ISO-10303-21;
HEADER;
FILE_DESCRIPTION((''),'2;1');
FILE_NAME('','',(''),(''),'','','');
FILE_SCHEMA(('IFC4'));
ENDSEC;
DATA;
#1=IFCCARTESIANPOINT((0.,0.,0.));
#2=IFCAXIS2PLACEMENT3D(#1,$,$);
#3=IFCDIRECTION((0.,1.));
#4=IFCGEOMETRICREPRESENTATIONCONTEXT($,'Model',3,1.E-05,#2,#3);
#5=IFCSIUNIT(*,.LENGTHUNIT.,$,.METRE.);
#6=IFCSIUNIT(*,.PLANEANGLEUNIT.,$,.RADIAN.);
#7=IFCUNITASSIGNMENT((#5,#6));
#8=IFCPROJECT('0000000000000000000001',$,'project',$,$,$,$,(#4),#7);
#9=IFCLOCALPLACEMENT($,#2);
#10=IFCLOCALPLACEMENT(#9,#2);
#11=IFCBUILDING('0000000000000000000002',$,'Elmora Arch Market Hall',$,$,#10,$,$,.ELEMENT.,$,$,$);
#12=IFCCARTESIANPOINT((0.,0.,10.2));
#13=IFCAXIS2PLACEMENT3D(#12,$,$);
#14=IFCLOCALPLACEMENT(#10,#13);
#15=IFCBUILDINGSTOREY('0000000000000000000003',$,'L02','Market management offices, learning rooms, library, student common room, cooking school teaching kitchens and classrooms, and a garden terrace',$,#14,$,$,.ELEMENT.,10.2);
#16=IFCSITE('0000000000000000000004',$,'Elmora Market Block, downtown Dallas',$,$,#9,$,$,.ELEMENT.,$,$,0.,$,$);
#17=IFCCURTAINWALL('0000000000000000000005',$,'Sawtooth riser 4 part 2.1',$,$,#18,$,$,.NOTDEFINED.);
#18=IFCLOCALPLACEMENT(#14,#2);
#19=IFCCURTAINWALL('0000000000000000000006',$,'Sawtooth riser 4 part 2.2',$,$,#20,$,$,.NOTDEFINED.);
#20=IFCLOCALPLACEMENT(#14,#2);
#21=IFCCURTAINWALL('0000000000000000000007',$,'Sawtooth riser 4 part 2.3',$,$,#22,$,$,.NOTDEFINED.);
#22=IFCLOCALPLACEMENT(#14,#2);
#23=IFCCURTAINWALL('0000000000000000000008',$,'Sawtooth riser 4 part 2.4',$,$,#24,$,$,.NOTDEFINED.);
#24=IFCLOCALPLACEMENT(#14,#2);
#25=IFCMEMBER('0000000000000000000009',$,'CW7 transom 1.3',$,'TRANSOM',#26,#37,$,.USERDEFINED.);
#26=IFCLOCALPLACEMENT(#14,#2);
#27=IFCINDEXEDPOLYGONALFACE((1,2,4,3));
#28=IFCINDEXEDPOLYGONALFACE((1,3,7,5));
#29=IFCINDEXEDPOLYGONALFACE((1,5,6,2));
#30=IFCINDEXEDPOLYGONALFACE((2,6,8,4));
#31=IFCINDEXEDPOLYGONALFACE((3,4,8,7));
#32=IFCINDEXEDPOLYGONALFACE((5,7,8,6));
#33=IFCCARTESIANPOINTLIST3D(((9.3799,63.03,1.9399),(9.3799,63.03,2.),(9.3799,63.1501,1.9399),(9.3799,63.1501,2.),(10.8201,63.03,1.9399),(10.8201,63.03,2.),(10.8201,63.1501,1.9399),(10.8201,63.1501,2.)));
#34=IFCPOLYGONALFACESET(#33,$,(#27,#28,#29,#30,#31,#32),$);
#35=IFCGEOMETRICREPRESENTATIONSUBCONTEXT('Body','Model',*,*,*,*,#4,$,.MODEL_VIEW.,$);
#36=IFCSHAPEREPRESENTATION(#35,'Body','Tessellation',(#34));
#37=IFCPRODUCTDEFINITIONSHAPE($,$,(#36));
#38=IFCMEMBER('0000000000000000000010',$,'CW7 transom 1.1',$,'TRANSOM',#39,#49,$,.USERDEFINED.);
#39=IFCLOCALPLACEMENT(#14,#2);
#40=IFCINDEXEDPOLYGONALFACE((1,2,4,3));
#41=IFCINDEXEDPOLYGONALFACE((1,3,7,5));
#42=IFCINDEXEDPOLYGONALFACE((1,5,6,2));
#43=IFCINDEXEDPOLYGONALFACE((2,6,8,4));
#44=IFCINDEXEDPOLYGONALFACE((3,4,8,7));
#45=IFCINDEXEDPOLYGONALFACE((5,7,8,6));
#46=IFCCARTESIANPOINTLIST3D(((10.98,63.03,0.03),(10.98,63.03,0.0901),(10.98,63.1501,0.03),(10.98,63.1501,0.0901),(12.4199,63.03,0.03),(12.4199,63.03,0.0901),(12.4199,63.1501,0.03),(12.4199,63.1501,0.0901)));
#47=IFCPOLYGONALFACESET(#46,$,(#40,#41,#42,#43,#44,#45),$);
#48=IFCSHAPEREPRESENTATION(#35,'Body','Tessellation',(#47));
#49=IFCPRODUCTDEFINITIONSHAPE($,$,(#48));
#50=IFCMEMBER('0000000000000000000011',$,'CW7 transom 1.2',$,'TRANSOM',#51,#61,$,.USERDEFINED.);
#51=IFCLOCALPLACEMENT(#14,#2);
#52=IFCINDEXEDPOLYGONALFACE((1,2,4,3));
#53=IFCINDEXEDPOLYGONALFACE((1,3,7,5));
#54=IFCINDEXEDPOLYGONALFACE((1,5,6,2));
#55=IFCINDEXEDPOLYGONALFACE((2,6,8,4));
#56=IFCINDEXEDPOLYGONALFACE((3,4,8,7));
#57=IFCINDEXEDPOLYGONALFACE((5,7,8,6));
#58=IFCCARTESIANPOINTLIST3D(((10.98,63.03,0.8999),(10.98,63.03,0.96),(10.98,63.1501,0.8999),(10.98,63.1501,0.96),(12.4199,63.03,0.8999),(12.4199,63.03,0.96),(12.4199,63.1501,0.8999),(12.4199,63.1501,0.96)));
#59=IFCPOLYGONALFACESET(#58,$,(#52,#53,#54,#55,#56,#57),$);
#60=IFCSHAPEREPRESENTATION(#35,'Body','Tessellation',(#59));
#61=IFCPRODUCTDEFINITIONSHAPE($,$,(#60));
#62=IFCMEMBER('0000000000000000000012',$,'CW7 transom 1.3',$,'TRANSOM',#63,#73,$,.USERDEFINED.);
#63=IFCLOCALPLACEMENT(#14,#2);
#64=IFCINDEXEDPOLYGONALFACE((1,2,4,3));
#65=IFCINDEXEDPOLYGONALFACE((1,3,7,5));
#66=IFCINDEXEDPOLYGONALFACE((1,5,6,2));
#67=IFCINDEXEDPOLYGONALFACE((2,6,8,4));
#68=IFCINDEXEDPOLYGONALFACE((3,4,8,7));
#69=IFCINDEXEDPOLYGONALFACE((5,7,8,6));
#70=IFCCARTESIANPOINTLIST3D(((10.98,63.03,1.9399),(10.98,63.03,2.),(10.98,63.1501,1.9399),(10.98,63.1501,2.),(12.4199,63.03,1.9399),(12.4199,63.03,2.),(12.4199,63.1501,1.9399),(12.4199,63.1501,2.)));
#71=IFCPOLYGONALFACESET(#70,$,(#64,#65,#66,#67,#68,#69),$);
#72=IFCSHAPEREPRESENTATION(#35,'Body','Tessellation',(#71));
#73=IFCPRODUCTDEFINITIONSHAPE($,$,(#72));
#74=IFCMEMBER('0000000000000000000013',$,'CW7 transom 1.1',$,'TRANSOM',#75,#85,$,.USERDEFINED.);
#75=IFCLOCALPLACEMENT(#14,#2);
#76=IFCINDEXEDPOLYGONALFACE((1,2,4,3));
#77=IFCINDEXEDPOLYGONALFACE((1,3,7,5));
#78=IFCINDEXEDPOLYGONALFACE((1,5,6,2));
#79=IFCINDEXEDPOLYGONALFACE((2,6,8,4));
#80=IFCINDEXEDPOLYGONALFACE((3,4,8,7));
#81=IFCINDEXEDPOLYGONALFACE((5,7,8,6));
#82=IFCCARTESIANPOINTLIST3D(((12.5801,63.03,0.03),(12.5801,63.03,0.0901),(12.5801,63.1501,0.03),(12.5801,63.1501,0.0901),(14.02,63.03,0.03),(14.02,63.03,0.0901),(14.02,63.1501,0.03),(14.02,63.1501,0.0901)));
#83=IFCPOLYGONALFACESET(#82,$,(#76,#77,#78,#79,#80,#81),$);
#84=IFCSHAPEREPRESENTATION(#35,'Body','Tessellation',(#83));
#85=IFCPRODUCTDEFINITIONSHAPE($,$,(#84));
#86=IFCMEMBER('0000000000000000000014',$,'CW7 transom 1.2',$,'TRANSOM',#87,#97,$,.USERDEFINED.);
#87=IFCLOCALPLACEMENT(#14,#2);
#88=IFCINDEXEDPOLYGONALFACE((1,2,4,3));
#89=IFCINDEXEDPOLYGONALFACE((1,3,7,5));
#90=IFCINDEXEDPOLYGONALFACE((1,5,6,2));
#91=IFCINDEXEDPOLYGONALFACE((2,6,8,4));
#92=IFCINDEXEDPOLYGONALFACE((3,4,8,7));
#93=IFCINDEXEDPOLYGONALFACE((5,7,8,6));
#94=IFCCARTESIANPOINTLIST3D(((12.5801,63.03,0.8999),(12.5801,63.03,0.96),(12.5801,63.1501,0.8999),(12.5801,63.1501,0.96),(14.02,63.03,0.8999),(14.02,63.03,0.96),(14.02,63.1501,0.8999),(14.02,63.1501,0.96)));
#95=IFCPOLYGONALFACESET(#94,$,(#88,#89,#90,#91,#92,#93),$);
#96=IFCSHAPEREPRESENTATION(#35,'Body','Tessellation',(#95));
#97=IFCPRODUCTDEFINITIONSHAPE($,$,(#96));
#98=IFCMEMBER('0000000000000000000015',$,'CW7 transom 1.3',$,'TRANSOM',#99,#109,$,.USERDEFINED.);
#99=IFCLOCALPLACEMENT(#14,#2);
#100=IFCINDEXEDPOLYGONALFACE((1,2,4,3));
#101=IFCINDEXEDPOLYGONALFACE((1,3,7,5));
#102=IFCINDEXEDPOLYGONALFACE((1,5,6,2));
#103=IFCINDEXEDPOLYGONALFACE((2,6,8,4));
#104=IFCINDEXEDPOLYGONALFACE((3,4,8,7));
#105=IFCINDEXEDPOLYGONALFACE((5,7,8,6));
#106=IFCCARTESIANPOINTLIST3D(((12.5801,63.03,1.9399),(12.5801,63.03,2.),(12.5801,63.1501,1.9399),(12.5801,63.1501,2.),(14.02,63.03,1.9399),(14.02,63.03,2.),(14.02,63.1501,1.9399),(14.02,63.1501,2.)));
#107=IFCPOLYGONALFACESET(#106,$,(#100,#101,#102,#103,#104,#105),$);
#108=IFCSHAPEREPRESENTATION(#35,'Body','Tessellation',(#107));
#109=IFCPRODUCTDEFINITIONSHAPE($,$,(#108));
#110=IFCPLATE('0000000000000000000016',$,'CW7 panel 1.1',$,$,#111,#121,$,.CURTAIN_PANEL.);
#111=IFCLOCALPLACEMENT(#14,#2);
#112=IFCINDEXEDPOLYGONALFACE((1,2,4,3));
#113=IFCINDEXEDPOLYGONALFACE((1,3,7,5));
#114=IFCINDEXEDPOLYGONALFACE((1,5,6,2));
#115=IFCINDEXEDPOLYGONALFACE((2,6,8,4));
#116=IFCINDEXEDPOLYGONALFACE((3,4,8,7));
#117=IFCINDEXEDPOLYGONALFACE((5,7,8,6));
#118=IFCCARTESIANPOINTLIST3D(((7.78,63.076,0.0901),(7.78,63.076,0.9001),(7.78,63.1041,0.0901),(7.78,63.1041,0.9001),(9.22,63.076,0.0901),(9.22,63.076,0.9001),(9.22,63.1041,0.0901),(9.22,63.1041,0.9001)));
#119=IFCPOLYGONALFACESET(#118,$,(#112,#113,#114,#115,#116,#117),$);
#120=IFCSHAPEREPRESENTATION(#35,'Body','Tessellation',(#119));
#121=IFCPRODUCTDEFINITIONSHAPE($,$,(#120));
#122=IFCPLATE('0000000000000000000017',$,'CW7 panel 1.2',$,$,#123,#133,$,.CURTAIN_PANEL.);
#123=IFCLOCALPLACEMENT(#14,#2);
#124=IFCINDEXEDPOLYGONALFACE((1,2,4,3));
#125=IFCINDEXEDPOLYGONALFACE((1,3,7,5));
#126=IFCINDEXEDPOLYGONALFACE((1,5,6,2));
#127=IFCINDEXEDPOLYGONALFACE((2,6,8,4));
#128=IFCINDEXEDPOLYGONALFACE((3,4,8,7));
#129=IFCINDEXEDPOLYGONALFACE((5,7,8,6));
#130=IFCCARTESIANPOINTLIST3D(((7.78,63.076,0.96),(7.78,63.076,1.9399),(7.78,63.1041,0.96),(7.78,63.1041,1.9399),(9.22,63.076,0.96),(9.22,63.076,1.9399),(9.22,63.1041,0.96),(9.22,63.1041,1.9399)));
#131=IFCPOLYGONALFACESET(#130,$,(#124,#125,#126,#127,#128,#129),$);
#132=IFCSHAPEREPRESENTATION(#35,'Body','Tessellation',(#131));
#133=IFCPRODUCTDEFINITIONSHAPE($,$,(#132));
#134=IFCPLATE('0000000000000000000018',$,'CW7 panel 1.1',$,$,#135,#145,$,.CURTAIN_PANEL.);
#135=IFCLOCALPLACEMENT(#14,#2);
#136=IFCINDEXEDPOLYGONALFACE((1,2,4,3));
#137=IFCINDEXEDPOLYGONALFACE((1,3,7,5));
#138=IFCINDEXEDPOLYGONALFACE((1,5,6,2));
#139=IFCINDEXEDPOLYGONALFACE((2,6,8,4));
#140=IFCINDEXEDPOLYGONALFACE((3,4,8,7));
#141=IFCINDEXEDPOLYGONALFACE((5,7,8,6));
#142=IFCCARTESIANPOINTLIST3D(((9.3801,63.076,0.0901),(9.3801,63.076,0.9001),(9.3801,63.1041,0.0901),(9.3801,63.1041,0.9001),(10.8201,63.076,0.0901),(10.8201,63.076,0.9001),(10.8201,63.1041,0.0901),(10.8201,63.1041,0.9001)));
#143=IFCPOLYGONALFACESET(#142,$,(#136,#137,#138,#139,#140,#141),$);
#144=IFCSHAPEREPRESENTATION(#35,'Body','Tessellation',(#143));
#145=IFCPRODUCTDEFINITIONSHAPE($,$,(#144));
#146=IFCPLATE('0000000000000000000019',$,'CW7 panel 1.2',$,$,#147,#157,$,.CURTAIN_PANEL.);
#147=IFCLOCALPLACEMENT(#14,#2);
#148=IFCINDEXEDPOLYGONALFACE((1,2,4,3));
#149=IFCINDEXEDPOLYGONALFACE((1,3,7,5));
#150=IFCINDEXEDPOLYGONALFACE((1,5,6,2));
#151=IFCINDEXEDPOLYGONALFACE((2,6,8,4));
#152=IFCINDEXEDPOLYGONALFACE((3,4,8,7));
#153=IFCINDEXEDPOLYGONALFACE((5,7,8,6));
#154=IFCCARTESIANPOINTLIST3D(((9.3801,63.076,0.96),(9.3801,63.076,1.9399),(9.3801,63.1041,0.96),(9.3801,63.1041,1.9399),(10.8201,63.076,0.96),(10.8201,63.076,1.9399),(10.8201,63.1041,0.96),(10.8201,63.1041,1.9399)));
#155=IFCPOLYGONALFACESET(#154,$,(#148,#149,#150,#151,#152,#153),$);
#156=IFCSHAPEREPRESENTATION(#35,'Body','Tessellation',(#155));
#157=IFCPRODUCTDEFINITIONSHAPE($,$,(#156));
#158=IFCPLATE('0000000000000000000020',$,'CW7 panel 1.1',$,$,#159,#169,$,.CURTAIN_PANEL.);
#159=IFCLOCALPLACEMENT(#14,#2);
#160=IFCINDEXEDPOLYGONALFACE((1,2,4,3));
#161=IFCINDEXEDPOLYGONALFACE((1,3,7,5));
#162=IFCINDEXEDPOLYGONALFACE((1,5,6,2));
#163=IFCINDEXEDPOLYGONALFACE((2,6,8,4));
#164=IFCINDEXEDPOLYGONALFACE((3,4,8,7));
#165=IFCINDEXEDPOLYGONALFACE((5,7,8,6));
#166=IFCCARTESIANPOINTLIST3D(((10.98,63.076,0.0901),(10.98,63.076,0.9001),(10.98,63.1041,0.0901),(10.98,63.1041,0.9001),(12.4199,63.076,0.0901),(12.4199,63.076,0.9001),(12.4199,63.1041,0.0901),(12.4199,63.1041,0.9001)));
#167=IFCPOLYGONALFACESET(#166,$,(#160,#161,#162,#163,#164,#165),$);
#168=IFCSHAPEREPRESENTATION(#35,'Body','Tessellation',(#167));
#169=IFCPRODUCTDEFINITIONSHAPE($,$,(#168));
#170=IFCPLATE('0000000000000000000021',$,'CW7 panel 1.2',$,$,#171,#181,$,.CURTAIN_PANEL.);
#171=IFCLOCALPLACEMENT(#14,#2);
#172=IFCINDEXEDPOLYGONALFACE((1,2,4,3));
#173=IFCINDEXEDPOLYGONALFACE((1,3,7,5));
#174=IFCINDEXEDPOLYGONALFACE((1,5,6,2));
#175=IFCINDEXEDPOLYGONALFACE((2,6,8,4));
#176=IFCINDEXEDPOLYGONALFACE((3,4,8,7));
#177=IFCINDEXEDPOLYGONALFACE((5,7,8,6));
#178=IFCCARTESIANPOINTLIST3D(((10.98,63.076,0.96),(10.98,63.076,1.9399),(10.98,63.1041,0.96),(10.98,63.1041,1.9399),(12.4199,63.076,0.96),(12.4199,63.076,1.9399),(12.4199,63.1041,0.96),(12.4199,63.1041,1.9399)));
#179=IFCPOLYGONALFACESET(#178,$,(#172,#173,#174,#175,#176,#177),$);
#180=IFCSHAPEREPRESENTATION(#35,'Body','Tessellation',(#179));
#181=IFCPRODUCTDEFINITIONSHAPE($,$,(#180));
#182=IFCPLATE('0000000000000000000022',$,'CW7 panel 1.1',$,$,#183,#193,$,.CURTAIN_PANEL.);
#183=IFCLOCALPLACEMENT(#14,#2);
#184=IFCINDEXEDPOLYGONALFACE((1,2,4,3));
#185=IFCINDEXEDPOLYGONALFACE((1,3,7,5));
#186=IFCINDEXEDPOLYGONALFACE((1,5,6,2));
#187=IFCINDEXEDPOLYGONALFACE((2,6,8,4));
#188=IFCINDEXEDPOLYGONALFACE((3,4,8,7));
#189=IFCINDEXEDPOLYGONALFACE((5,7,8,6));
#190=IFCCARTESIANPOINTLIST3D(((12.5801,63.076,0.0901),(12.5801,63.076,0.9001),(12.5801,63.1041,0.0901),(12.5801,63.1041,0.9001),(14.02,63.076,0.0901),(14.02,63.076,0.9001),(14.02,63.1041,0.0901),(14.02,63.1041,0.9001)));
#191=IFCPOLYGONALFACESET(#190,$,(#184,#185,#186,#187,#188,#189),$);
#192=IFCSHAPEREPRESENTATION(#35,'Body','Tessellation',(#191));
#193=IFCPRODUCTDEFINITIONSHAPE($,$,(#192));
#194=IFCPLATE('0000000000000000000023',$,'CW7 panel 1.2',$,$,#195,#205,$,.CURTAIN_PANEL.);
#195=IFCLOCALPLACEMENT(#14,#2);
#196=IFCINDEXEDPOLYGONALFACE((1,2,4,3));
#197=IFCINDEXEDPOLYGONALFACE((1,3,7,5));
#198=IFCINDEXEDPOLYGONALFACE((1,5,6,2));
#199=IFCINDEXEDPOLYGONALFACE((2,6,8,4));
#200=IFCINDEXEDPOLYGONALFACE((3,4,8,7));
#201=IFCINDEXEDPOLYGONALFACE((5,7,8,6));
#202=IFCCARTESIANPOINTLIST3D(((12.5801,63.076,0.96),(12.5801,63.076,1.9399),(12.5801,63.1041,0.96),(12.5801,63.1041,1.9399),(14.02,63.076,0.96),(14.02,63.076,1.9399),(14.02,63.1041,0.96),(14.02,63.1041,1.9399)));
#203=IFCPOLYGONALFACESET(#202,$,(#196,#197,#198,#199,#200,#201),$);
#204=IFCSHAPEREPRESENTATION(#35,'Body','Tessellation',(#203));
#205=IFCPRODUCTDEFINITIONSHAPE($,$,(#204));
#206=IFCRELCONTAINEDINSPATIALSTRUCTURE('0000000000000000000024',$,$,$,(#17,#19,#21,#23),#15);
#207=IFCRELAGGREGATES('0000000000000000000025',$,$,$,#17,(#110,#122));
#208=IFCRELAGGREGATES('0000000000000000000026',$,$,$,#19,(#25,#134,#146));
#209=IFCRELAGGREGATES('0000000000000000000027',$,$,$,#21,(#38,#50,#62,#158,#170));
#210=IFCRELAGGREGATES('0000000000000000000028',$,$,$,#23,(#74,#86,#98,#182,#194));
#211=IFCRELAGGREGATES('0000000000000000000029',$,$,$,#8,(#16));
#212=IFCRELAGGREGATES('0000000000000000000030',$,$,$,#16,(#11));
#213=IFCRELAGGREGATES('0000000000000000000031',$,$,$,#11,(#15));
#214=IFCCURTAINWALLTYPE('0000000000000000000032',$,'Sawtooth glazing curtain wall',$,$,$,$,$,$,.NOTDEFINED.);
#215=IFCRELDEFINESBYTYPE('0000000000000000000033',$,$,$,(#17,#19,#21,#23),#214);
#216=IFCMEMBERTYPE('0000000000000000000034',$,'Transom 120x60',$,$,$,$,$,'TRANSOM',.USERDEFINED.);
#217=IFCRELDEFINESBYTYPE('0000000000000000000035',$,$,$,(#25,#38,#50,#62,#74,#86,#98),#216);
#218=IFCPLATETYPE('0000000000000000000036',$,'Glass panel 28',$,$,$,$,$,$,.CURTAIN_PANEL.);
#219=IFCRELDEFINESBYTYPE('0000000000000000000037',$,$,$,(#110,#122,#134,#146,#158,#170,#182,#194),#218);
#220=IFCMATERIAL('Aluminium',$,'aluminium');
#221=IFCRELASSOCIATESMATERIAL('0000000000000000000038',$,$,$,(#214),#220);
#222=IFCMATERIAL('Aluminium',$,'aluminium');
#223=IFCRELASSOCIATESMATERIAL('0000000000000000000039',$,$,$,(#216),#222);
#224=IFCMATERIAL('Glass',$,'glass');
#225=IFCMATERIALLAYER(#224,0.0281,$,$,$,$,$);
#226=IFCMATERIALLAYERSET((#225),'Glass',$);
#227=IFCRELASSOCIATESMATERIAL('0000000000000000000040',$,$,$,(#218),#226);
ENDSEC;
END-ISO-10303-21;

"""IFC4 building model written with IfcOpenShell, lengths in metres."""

from ifc_helpers import new_model, si_unit, direction, frame, origin, origin_2d, place, context, subcontext, project, spatial, rectangle, extrude, material, layer, layer_set, material_profile, profile_set, type_object, element, aggregate, save


model = new_model("IFC4")

# Units and contexts
model_context = context("Model", 3, precision=1e-05, world=origin(), true_north=direction((0.0, 1.0)))
body_context = subcontext(model_context, "Body", "Model", "MODEL_VIEW")
ifc_project = project(units=[si_unit("LENGTHUNIT", "METRE"), si_unit("PLANEANGLEUNIT", "RADIAN")], contexts=[model_context])

# Site, building, storey
site_placement = place(None, origin())
site = spatial("IfcSite", under=ifc_project, at=site_placement, Name="Elmora Market Block, downtown Dallas", CompositionType="ELEMENT", RefElevation=0.0)
building_placement = place(site_placement, origin())
building = spatial("IfcBuilding", under=site, at=building_placement, Name="Elmora Arch Market Hall", CompositionType="ELEMENT")
storey_placement = place(building_placement, frame((0.0, 0.0, 10.2)))
storey = spatial("IfcBuildingStorey", under=building, at=storey_placement, Name="L02", Description="Market management offices, learning rooms, library, student common room, cooking school teaching kitchens and classrooms, and a garden terrace", CompositionType="ELEMENT", Elevation=10.2)

# Curtain wall
ifc_material_1 = material(Name="Aluminium", Category="aluminium")
curtain_wall_type = type_object("IfcCurtainWallType", Name="Sawtooth glazing curtain wall", PredefinedType="NOTDEFINED", material=ifc_material_1)
curtain_wall_1_placement = place(storey_placement, origin())
curtain_wall_1 = element("IfcCurtainWall", 1, at=curtain_wall_1_placement, inside=storey, type_object=curtain_wall_type, Name="Sawtooth riser 4 part 2.1", PredefinedType="NOTDEFINED")

# Curtain walls
curtain_wall_2_placement = place(storey_placement, origin())
curtain_wall_2 = element("IfcCurtainWall", 2, at=curtain_wall_2_placement, inside=storey, type_object=curtain_wall_type, Name="Sawtooth riser 4 part 2.2", PredefinedType="NOTDEFINED")
curtain_wall_3_placement = place(storey_placement, origin())
curtain_wall_3 = element("IfcCurtainWall", 3, at=curtain_wall_3_placement, inside=storey, type_object=curtain_wall_type, Name="Sawtooth riser 4 part 2.3", PredefinedType="NOTDEFINED")
curtain_wall_4_placement = place(storey_placement, origin())
curtain_wall_4 = element("IfcCurtainWall", 4, at=curtain_wall_4_placement, inside=storey, type_object=curtain_wall_type, Name="Sawtooth riser 4 part 2.4", PredefinedType="NOTDEFINED")

# Members
ifc_material_2 = material(Name="Aluminium", Category="aluminium")
ifc_material_profile_1 = material_profile(ifc_material_2, rectangle(XDim=0.1201, YDim=0.0601, at=origin_2d()), Name="AL 120x60")
ifc_profile_set_1 = profile_set([ifc_material_profile_1], Name="Aluminium")
member_type_1 = type_object("IfcMemberType", Name="Transom 120x60", ElementType="TRANSOM", PredefinedType="USERDEFINED", material=ifc_profile_set_1)
member_1_placement = place(storey_placement, frame((9.3799, 63.0901, 1.97), z_axis=(1.0, 0.0, 0.0), x_axis=(0.0, 1.0, 0.0)))
member_1 = element("IfcMember", 5, at=member_1_placement, type_object=member_type_1, Name="CW7 transom 1.3", ObjectType="TRANSOM", PredefinedType="USERDEFINED", context=body_context, shape_type="SweptSolid", body=[
    extrude(rectangle(XDim=0.1201, YDim=0.0601, at=origin_2d()), origin(), (0.0, 0.0, 1.0), 1.4402),
])
member_2_placement = place(storey_placement, frame((10.98, 63.0901, 0.0601), z_axis=(1.0, 0.0, 0.0), x_axis=(0.0, 1.0, 0.0)))
member_2 = element("IfcMember", 6, at=member_2_placement, type_object=member_type_1, Name="CW7 transom 1.1", ObjectType="TRANSOM", PredefinedType="USERDEFINED", context=body_context, shape_type="SweptSolid", body=[
    extrude(rectangle(XDim=0.1201, YDim=0.0601, at=origin_2d()), origin(), (0.0, 0.0, 1.0), 1.4399),
])
member_3_placement = place(storey_placement, frame((10.98, 63.0901, 0.9299), z_axis=(1.0, 0.0, 0.0), x_axis=(0.0, 1.0, 0.0)))
member_3 = element("IfcMember", 7, at=member_3_placement, type_object=member_type_1, Name="CW7 transom 1.2", ObjectType="TRANSOM", PredefinedType="USERDEFINED", context=body_context, shape_type="SweptSolid", body=[
    extrude(rectangle(XDim=0.1201, YDim=0.0601, at=origin_2d()), origin(), (0.0, 0.0, 1.0), 1.4399),
])
member_4_placement = place(storey_placement, frame((10.98, 63.0901, 1.97), z_axis=(1.0, 0.0, 0.0), x_axis=(0.0, 1.0, 0.0)))
member_4 = element("IfcMember", 8, at=member_4_placement, type_object=member_type_1, Name="CW7 transom 1.3", ObjectType="TRANSOM", PredefinedType="USERDEFINED", context=body_context, shape_type="SweptSolid", body=[
    extrude(rectangle(XDim=0.1201, YDim=0.0601, at=origin_2d()), origin(), (0.0, 0.0, 1.0), 1.4399),
])
member_5_placement = place(storey_placement, frame((12.5801, 63.0901, 0.0601), z_axis=(1.0, 0.0, 0.0), x_axis=(0.0, 1.0, 0.0)))
member_5 = element("IfcMember", 9, at=member_5_placement, type_object=member_type_1, Name="CW7 transom 1.1", ObjectType="TRANSOM", PredefinedType="USERDEFINED", context=body_context, shape_type="SweptSolid", body=[
    extrude(rectangle(XDim=0.1201, YDim=0.0601, at=origin_2d()), origin(), (0.0, 0.0, 1.0), 1.4399),
])
member_6_placement = place(storey_placement, frame((12.5801, 63.0901, 0.9299), z_axis=(1.0, 0.0, 0.0), x_axis=(0.0, 1.0, 0.0)))
member_6 = element("IfcMember", 10, at=member_6_placement, type_object=member_type_1, Name="CW7 transom 1.2", ObjectType="TRANSOM", PredefinedType="USERDEFINED", context=body_context, shape_type="SweptSolid", body=[
    extrude(rectangle(XDim=0.1201, YDim=0.0601, at=origin_2d()), origin(), (0.0, 0.0, 1.0), 1.4399),
])
member_7_placement = place(storey_placement, frame((12.5801, 63.0901, 1.97), z_axis=(1.0, 0.0, 0.0), x_axis=(0.0, 1.0, 0.0)))
member_7 = element("IfcMember", 11, at=member_7_placement, type_object=member_type_1, Name="CW7 transom 1.3", ObjectType="TRANSOM", PredefinedType="USERDEFINED", context=body_context, shape_type="SweptSolid", body=[
    extrude(rectangle(XDim=0.1201, YDim=0.0601, at=origin_2d()), origin(), (0.0, 0.0, 1.0), 1.4399),
])

# Plates
ifc_material_3 = material(Name="Glass", Category="glass")
ifc_layer_1 = layer(ifc_material_3, 0.0281)
ifc_layer_set_1 = layer_set([ifc_layer_1], Name="Glass")
plate_type = type_object("IfcPlateType", Name="Glass panel 28", PredefinedType="CURTAIN_PANEL", material=ifc_layer_set_1)
plate_1_placement = place(storey_placement, frame((8.5, 63.0901, 0.0901), z_axis=(0.0, 0.0, 1.0), x_axis=(1.0, 0.0, 0.0)))
plate_1 = element("IfcPlate", 12, at=plate_1_placement, type_object=plate_type, Name="CW7 panel 1.1", PredefinedType="CURTAIN_PANEL", context=body_context, shape_type="SweptSolid", body=[
    extrude(rectangle(XDim=1.4399, YDim=0.0281, at=origin_2d()), origin(), (0.0, 0.0, 1.0), 0.8101),
])
plate_2_placement = place(storey_placement, frame((8.5, 63.0901, 0.96), z_axis=(0.0, 0.0, 1.0), x_axis=(1.0, 0.0, 0.0)))
plate_2 = element("IfcPlate", 13, at=plate_2_placement, type_object=plate_type, Name="CW7 panel 1.2", PredefinedType="CURTAIN_PANEL", context=body_context, shape_type="SweptSolid", body=[
    extrude(rectangle(XDim=1.4399, YDim=0.0281, at=origin_2d()), origin(), (0.0, 0.0, 1.0), 0.98),
])
aggregate(curtain_wall_1, [plate_1, plate_2])
plate_3_placement = place(storey_placement, frame((10.1001, 63.0901, 0.0901), z_axis=(0.0, 0.0, 1.0), x_axis=(1.0, 0.0, 0.0)))
plate_3 = element("IfcPlate", 14, at=plate_3_placement, type_object=plate_type, Name="CW7 panel 1.1", PredefinedType="CURTAIN_PANEL", context=body_context, shape_type="SweptSolid", body=[
    extrude(rectangle(XDim=1.4399, YDim=0.0281, at=origin_2d()), origin(), (0.0, 0.0, 1.0), 0.8101),
])
plate_4_placement = place(storey_placement, frame((10.1001, 63.0901, 0.96), z_axis=(0.0, 0.0, 1.0), x_axis=(1.0, 0.0, 0.0)))
plate_4 = element("IfcPlate", 15, at=plate_4_placement, type_object=plate_type, Name="CW7 panel 1.2", PredefinedType="CURTAIN_PANEL", context=body_context, shape_type="SweptSolid", body=[
    extrude(rectangle(XDim=1.4399, YDim=0.0281, at=origin_2d()), origin(), (0.0, 0.0, 1.0), 0.98),
])
aggregate(curtain_wall_2, [member_1, plate_3, plate_4])
plate_5_placement = place(storey_placement, frame((11.7, 63.0901, 0.0901), z_axis=(0.0, 0.0, 1.0), x_axis=(1.0, 0.0, 0.0)))
plate_5 = element("IfcPlate", 16, at=plate_5_placement, type_object=plate_type, Name="CW7 panel 1.1", PredefinedType="CURTAIN_PANEL", context=body_context, shape_type="SweptSolid", body=[
    extrude(rectangle(XDim=1.4399, YDim=0.0281, at=origin_2d()), origin(), (0.0, 0.0, 1.0), 0.8101),
])
plate_6_placement = place(storey_placement, frame((11.7, 63.0901, 0.96), z_axis=(0.0, 0.0, 1.0), x_axis=(1.0, 0.0, 0.0)))
plate_6 = element("IfcPlate", 17, at=plate_6_placement, type_object=plate_type, Name="CW7 panel 1.2", PredefinedType="CURTAIN_PANEL", context=body_context, shape_type="SweptSolid", body=[
    extrude(rectangle(XDim=1.4399, YDim=0.0281, at=origin_2d()), origin(), (0.0, 0.0, 1.0), 0.98),
])
aggregate(curtain_wall_3, [member_2, member_3, member_4, plate_5, plate_6])
plate_7_placement = place(storey_placement, frame((13.3, 63.0901, 0.0901), z_axis=(0.0, 0.0, 1.0), x_axis=(1.0, 0.0, 0.0)))
plate_7 = element("IfcPlate", 18, at=plate_7_placement, type_object=plate_type, Name="CW7 panel 1.1", PredefinedType="CURTAIN_PANEL", context=body_context, shape_type="SweptSolid", body=[
    extrude(rectangle(XDim=1.4399, YDim=0.0281, at=origin_2d()), origin(), (0.0, 0.0, 1.0), 0.8101),
])
plate_8_placement = place(storey_placement, frame((13.3, 63.0901, 0.96), z_axis=(0.0, 0.0, 1.0), x_axis=(1.0, 0.0, 0.0)))
plate_8 = element("IfcPlate", 19, at=plate_8_placement, type_object=plate_type, Name="CW7 panel 1.2", PredefinedType="CURTAIN_PANEL", context=body_context, shape_type="SweptSolid", body=[
    extrude(rectangle(XDim=1.4399, YDim=0.0281, at=origin_2d()), origin(), (0.0, 0.0, 1.0), 0.98),
])
aggregate(curtain_wall_4, [member_5, member_6, member_7, plate_7, plate_8])

save(model, "model.ifc")
